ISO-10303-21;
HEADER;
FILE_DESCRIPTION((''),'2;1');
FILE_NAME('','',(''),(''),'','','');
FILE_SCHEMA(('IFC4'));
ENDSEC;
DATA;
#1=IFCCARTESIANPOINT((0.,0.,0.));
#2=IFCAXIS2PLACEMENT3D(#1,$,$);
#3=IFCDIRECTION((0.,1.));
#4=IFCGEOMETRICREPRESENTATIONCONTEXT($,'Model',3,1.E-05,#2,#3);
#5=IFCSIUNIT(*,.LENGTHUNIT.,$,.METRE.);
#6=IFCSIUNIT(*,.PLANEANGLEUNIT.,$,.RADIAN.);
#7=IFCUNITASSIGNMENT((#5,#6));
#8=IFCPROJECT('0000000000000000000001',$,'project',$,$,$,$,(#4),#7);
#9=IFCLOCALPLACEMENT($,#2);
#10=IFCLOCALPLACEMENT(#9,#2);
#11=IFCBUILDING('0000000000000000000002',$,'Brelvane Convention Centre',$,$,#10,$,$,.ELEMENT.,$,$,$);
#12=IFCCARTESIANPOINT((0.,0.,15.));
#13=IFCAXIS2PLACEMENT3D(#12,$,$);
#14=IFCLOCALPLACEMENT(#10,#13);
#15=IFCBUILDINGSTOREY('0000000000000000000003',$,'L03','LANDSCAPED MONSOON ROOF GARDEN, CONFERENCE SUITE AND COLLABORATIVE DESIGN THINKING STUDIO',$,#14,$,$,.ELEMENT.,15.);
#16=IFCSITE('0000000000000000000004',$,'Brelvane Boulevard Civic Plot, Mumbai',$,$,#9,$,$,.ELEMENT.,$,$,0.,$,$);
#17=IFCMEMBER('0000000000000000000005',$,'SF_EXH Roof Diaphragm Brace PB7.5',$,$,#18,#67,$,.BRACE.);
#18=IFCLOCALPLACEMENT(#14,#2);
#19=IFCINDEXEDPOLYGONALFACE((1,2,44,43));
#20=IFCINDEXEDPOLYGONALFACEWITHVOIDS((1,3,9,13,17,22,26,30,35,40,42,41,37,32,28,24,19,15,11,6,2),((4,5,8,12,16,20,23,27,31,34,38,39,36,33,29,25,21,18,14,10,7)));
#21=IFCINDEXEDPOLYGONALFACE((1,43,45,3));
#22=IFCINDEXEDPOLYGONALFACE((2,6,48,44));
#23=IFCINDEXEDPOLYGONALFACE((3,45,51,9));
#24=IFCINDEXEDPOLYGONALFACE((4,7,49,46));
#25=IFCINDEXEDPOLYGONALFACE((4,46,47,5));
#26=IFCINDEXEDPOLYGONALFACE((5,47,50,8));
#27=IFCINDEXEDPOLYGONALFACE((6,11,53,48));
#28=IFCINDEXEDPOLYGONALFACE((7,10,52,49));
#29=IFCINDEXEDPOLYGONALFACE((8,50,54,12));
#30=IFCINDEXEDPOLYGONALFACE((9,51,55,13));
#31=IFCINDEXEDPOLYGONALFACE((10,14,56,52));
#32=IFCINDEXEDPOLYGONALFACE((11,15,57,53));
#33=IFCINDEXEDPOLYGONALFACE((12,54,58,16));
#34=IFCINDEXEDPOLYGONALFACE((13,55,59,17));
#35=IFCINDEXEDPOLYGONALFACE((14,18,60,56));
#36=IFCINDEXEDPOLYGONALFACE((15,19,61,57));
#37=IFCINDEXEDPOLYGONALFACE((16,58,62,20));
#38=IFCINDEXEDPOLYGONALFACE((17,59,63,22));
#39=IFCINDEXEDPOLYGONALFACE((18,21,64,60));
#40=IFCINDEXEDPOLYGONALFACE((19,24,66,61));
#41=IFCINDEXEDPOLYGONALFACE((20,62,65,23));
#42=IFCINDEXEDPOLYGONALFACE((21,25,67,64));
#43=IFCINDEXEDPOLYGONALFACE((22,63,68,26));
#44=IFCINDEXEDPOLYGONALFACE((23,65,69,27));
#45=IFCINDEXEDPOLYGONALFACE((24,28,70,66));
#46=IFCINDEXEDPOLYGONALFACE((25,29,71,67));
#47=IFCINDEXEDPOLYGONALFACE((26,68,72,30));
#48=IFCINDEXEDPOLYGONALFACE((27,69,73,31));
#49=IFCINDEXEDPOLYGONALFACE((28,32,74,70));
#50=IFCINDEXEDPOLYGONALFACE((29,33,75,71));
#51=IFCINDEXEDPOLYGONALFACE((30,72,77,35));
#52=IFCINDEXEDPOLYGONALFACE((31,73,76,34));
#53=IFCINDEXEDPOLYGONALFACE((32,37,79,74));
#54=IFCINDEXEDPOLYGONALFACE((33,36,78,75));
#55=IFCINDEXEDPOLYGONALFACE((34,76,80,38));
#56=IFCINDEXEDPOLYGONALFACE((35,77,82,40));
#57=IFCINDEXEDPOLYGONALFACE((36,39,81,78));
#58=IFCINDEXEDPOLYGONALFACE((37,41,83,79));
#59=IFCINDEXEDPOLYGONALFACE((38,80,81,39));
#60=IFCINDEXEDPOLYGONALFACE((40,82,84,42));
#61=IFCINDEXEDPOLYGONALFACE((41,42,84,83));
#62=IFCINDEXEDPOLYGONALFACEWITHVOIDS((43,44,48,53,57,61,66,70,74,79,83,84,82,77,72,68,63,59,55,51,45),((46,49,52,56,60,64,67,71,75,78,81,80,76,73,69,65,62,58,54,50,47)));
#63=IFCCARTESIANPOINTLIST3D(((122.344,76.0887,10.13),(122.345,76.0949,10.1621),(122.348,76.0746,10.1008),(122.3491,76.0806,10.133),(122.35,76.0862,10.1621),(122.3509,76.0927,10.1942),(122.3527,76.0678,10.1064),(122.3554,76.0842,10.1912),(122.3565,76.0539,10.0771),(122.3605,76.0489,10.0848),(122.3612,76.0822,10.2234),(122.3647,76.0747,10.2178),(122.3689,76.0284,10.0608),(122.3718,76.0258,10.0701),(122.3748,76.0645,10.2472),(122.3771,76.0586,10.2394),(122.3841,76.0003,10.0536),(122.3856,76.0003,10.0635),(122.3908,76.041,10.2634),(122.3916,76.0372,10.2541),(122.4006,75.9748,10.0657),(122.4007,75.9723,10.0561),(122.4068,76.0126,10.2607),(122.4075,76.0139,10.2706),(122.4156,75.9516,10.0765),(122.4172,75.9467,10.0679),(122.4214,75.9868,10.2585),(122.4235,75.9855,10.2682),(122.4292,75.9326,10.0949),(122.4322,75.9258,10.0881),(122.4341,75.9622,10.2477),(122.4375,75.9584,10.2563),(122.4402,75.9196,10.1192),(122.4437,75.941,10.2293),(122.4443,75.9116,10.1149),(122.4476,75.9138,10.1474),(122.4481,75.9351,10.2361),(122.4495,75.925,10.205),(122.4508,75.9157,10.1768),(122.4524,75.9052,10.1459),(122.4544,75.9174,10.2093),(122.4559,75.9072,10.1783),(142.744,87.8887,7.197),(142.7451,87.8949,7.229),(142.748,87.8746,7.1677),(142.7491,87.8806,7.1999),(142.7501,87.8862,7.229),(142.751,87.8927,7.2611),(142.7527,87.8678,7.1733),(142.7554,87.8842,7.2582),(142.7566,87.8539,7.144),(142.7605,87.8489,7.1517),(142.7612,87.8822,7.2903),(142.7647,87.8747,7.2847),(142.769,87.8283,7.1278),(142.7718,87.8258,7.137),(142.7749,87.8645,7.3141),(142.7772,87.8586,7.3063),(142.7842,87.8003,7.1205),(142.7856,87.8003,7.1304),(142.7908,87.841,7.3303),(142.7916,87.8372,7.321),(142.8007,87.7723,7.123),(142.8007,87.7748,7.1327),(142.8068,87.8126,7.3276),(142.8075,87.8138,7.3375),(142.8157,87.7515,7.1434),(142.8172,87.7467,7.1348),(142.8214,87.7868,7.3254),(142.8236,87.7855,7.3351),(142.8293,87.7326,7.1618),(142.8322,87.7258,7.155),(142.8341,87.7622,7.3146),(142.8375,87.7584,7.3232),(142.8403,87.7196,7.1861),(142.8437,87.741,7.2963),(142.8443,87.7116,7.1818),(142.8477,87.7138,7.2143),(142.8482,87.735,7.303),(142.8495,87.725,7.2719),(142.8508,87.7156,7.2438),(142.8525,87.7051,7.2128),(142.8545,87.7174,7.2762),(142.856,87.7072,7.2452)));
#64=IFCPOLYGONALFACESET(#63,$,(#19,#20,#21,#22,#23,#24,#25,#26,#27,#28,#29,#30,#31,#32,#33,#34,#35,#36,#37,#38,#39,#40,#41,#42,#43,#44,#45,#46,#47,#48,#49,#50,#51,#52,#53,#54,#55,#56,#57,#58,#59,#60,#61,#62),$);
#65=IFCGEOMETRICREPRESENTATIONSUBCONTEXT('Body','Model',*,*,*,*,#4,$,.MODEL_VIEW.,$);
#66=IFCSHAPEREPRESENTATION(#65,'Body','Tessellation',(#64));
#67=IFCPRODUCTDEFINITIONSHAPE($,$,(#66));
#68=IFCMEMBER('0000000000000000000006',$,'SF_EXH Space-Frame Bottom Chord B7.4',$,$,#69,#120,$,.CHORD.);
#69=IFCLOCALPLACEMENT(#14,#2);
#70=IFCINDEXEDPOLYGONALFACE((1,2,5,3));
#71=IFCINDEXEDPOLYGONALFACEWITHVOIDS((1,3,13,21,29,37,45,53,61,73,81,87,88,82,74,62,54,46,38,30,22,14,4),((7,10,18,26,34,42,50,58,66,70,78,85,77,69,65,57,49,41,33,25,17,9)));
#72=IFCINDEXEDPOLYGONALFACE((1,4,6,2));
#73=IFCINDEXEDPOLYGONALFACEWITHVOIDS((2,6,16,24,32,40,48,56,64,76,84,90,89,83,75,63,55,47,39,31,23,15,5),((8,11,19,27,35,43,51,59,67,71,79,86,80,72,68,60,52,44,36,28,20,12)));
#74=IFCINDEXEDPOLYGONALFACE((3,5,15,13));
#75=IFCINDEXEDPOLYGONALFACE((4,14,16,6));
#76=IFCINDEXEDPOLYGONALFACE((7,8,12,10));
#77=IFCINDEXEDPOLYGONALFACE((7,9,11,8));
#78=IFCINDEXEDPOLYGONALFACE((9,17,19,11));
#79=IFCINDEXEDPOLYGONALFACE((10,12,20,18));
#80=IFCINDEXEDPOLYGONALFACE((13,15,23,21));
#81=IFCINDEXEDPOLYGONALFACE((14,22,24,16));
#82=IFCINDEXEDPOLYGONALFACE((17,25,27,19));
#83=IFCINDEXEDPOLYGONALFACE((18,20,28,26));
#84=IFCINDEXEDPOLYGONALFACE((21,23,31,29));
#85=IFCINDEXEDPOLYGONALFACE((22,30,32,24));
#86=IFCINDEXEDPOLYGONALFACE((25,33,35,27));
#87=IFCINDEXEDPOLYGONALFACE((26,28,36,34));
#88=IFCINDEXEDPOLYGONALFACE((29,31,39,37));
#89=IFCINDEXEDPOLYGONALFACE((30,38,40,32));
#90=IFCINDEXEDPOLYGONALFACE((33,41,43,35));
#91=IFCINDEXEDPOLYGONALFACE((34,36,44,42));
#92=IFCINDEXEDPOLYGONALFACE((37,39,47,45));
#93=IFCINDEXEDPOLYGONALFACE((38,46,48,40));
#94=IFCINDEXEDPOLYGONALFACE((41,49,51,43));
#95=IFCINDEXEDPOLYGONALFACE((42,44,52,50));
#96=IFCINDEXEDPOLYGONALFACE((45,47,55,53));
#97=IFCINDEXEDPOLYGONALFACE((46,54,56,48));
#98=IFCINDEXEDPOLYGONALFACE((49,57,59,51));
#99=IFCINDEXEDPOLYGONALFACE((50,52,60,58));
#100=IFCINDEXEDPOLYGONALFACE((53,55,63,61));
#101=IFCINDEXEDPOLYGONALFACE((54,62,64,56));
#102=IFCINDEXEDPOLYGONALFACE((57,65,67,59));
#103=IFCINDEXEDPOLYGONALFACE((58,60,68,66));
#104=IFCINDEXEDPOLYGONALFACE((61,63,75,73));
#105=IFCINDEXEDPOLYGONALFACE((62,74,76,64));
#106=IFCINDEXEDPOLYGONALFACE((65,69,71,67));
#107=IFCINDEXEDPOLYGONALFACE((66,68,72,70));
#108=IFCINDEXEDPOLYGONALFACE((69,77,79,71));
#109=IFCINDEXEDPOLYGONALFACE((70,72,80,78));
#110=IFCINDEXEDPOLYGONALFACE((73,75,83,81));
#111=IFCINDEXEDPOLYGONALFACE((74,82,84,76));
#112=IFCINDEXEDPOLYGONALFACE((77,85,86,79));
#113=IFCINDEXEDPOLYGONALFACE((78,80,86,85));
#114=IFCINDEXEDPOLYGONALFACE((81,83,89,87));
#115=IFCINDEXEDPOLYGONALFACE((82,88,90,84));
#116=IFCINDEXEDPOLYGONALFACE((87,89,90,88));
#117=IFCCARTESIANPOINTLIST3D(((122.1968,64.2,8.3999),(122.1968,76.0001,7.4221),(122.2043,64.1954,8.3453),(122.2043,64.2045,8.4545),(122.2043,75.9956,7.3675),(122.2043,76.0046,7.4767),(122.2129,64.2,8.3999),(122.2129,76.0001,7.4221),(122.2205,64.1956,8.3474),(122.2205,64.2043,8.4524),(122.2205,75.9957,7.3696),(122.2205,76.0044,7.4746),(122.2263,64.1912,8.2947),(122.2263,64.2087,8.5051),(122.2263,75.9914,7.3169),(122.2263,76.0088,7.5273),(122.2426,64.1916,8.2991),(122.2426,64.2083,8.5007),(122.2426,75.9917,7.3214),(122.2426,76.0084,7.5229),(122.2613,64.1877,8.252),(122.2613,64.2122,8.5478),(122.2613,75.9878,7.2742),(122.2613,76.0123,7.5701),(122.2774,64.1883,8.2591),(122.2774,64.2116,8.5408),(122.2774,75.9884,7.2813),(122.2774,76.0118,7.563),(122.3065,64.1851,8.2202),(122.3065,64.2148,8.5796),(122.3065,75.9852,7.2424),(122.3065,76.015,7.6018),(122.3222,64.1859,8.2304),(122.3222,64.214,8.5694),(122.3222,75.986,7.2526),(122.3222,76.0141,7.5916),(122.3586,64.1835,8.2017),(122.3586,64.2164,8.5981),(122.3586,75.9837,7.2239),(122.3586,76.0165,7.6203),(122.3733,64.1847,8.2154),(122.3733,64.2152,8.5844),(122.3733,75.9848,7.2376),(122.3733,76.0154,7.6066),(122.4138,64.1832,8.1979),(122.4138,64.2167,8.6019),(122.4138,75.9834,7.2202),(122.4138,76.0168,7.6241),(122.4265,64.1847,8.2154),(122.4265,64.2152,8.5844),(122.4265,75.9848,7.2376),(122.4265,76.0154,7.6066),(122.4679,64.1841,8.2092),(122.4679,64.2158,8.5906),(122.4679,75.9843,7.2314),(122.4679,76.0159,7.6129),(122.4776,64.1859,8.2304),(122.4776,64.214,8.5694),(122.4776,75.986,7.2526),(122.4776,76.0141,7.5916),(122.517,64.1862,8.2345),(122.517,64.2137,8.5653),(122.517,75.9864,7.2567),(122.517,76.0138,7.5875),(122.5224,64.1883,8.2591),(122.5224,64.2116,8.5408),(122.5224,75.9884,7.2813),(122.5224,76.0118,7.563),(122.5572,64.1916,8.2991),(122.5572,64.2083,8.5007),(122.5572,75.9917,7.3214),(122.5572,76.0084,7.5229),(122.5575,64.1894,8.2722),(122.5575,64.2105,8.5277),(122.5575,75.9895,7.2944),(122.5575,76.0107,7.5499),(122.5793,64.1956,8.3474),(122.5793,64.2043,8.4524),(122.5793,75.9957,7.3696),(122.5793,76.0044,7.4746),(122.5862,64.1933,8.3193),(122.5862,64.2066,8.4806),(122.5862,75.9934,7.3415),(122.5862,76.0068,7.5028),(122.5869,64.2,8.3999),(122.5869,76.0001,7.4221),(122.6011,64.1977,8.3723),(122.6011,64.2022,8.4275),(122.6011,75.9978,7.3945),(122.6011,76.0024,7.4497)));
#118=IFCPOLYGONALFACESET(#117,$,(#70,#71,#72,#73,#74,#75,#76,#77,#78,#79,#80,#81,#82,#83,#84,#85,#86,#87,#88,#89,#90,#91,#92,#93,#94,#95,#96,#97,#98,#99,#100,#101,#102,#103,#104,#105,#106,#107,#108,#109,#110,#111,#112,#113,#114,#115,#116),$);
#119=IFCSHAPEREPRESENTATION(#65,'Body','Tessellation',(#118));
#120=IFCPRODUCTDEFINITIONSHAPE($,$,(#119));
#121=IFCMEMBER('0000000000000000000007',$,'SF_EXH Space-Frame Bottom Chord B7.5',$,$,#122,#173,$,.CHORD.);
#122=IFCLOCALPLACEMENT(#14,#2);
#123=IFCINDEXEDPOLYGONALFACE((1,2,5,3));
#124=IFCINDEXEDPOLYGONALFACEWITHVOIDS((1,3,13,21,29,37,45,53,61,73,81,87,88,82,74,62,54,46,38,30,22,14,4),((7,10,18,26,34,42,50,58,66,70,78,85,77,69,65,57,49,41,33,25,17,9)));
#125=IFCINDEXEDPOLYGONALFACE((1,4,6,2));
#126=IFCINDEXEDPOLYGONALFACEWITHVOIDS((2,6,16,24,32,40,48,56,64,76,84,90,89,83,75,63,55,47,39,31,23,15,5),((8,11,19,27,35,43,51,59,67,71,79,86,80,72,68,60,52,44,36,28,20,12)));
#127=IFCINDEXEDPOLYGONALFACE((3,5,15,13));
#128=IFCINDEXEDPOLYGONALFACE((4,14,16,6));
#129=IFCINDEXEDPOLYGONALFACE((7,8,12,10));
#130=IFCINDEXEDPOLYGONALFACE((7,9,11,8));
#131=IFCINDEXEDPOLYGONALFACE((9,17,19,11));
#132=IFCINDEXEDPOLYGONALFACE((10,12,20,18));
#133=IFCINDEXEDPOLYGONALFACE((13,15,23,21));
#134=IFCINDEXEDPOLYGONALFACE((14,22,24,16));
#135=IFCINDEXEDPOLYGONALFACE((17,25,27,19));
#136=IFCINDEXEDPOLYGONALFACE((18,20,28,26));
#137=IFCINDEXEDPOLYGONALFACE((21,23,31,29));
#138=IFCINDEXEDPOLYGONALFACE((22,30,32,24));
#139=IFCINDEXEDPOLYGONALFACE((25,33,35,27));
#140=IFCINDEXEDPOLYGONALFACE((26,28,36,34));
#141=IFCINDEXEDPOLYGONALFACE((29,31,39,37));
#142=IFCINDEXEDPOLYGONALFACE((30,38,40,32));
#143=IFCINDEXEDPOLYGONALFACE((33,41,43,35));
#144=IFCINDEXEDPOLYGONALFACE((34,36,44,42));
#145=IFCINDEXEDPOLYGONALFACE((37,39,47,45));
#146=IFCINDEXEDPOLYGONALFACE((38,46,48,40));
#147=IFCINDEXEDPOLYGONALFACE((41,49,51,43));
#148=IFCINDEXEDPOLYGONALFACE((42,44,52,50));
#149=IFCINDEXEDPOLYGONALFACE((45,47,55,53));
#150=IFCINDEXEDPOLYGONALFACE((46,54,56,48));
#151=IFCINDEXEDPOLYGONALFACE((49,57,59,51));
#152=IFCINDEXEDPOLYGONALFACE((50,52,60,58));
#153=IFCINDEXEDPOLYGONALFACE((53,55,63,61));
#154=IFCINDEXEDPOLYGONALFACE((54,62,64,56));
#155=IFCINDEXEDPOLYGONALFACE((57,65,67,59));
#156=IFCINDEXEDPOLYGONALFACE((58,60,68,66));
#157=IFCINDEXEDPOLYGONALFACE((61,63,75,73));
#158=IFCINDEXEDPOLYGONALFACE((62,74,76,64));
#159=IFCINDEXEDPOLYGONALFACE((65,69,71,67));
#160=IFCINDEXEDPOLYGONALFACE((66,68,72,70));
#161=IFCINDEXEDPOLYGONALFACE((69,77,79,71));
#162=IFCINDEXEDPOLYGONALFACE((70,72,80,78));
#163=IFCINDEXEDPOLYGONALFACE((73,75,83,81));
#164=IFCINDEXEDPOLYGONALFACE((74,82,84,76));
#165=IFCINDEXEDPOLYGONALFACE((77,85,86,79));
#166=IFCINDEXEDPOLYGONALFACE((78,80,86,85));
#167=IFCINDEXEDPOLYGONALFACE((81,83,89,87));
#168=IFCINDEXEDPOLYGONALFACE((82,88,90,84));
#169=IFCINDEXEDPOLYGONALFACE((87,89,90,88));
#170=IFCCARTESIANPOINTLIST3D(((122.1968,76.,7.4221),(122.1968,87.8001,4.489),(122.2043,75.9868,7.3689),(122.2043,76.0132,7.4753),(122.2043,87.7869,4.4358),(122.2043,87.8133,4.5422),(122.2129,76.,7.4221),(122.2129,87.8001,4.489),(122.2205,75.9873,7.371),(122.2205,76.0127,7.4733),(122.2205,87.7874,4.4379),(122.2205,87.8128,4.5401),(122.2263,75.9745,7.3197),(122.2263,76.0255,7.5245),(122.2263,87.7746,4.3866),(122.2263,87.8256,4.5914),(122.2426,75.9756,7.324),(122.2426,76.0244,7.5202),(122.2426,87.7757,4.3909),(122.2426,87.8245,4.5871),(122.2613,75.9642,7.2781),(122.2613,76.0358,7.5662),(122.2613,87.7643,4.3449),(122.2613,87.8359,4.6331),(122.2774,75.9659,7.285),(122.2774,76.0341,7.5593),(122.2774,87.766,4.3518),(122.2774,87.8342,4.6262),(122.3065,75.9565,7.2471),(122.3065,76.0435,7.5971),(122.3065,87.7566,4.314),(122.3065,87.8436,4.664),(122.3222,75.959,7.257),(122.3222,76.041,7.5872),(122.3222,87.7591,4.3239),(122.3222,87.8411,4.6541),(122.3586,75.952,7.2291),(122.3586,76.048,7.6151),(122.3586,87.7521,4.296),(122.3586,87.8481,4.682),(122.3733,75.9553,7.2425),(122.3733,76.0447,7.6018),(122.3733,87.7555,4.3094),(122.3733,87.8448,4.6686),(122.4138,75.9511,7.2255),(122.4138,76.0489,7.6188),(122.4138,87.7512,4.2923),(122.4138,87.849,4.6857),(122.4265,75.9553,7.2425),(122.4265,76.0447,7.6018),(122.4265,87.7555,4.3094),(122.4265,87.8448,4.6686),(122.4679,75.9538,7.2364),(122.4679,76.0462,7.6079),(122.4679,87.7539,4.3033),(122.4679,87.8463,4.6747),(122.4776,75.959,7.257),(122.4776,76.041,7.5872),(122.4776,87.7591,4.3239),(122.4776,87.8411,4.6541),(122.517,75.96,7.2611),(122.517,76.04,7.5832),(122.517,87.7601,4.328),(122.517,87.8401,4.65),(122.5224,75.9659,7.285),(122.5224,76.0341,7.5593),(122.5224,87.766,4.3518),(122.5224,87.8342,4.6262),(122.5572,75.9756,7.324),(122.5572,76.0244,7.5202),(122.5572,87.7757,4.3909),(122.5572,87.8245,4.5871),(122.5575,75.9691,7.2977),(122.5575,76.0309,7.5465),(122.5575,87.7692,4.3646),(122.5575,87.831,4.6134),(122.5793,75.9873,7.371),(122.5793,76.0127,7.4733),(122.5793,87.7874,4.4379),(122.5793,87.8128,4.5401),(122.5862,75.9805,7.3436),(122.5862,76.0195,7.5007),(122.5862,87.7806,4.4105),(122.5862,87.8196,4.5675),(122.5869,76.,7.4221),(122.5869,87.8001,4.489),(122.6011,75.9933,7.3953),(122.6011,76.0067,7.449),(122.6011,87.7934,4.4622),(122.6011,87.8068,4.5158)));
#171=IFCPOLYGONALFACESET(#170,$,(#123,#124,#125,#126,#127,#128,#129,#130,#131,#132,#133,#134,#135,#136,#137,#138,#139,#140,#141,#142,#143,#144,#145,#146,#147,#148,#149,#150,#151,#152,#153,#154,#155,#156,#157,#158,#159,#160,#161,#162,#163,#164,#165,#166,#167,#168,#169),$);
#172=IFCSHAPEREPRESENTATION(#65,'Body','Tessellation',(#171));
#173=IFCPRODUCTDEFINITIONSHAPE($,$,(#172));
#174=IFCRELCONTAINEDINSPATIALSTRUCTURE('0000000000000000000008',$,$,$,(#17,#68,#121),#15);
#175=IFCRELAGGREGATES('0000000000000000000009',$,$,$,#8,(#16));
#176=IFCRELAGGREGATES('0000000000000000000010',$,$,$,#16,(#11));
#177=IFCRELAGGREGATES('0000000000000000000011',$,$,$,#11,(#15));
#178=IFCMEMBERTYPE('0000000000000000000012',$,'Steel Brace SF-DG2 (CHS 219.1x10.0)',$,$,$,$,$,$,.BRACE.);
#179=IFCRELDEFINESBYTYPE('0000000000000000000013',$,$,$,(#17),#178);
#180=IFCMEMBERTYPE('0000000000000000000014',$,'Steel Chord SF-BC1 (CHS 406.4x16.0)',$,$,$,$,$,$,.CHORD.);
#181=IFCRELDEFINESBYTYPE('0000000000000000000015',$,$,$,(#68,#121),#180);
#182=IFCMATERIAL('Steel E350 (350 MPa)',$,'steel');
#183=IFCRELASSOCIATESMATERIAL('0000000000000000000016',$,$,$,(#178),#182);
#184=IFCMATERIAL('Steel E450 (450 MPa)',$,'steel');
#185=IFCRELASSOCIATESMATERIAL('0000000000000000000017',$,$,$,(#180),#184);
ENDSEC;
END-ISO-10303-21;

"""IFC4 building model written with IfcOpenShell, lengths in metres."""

from ifc_helpers import new_model, si_unit, direction, frame, origin, origin_2d, place, context, subcontext, project, spatial, hollow_circle, extrude, material, material_profile, profile_set, type_object, element, save


model = new_model("IFC4")

# Units and contexts
model_context = context("Model", 3, precision=1e-05, world=origin(), true_north=direction((0.0, 1.0)))
body_context = subcontext(model_context, "Body", "Model", "MODEL_VIEW")
ifc_project = project(units=[si_unit("LENGTHUNIT", "METRE"), si_unit("PLANEANGLEUNIT", "RADIAN")], contexts=[model_context])

# Site, building, storey
site_placement = place(None, origin())
site = spatial("IfcSite", under=ifc_project, at=site_placement, Name="Brelvane Boulevard Civic Plot, Mumbai", CompositionType="ELEMENT", RefElevation=0.0)
building_placement = place(site_placement, origin())
building = spatial("IfcBuilding", under=site, at=building_placement, Name="Brelvane Convention Centre", CompositionType="ELEMENT")
storey_placement = place(building_placement, frame((0.0, 0.0, 15.0)))
storey = spatial("IfcBuildingStorey", under=building, at=storey_placement, Name="L03", Description="LANDSCAPED MONSOON ROOF GARDEN, CONFERENCE SUITE AND COLLABORATIVE DESIGN THINKING STUDIO", CompositionType="ELEMENT", Elevation=15.0)

# Members
ifc_material_1 = material(Name="Steel E350 (350 MPa)", Category="steel")
ifc_material_profile_1 = material_profile(ifc_material_1, hollow_circle(Radius=0.1096, WallThickness=0.01, at=origin_2d()), Name="CHS 219.1x10.0")
ifc_profile_set_1 = profile_set([ifc_material_profile_1], Name="Steel E350 (350 MPa)")
member_type_1 = type_object("IfcMemberType", Name="Steel Brace SF-DG2 (CHS 219.1x10.0)", PredefinedType="BRACE", material=ifc_profile_set_1)
member_1_placement = place(storey_placement, frame((122.3999, 76.0, 10.1621), z_axis=(0.858993, 0.496867, -0.123505), x_axis=(-0.500701, 0.865621, 0.0)))
element("IfcMember", 1, at=member_1_placement, inside=storey, type_object=member_type_1, Name="SF_EXH Roof Diaphragm Brace PB7.5", PredefinedType="BRACE", context=body_context, shape_type="SweptSolid", body=[
    extrude(hollow_circle(Radius=0.1096, WallThickness=0.01, at=origin_2d()), origin(), (0.0, 0.0, 1.0), 23.7488),
])
ifc_material_2 = material(Name="Steel E450 (450 MPa)", Category="steel")
ifc_material_profile_2 = material_profile(ifc_material_2, hollow_circle(Radius=0.2031, WallThickness=0.0161, at=origin_2d()), Name="CHS 406.4x16.0")
ifc_profile_set_2 = profile_set([ifc_material_profile_2], Name="Steel E450 (450 MPa)")
member_type_2 = type_object("IfcMemberType", Name="Steel Chord SF-BC1 (CHS 406.4x16.0)", PredefinedType="CHORD", material=ifc_profile_set_2)
member_2_placement = place(storey_placement, frame((122.3999, 64.2, 8.3999), z_axis=(0.0, 0.996584, -0.08258), x_axis=(-1.0, 0.0, 0.0)))
element("IfcMember", 2, at=member_2_placement, inside=storey, type_object=member_type_2, Name="SF_EXH Space-Frame Bottom Chord B7.4", PredefinedType="CHORD", context=body_context, shape_type="SweptSolid", body=[
    extrude(hollow_circle(Radius=0.2031, WallThickness=0.0161, at=origin_2d()), origin(), (0.0, 0.0, 1.0), 11.8406),
])
member_3_placement = place(storey_placement, frame((122.3999, 76.0, 7.4221), z_axis=(0.0, 0.970469, -0.241227), x_axis=(-1.0, 0.0, 0.0)))
element("IfcMember", 3, at=member_3_placement, inside=storey, type_object=member_type_2, Name="SF_EXH Space-Frame Bottom Chord B7.5", PredefinedType="CHORD", context=body_context, shape_type="SweptSolid", body=[
    extrude(hollow_circle(Radius=0.2031, WallThickness=0.0161, at=origin_2d()), origin(), (0.0, 0.0, 1.0), 12.1592),
])

save(model, "model.ifc")
